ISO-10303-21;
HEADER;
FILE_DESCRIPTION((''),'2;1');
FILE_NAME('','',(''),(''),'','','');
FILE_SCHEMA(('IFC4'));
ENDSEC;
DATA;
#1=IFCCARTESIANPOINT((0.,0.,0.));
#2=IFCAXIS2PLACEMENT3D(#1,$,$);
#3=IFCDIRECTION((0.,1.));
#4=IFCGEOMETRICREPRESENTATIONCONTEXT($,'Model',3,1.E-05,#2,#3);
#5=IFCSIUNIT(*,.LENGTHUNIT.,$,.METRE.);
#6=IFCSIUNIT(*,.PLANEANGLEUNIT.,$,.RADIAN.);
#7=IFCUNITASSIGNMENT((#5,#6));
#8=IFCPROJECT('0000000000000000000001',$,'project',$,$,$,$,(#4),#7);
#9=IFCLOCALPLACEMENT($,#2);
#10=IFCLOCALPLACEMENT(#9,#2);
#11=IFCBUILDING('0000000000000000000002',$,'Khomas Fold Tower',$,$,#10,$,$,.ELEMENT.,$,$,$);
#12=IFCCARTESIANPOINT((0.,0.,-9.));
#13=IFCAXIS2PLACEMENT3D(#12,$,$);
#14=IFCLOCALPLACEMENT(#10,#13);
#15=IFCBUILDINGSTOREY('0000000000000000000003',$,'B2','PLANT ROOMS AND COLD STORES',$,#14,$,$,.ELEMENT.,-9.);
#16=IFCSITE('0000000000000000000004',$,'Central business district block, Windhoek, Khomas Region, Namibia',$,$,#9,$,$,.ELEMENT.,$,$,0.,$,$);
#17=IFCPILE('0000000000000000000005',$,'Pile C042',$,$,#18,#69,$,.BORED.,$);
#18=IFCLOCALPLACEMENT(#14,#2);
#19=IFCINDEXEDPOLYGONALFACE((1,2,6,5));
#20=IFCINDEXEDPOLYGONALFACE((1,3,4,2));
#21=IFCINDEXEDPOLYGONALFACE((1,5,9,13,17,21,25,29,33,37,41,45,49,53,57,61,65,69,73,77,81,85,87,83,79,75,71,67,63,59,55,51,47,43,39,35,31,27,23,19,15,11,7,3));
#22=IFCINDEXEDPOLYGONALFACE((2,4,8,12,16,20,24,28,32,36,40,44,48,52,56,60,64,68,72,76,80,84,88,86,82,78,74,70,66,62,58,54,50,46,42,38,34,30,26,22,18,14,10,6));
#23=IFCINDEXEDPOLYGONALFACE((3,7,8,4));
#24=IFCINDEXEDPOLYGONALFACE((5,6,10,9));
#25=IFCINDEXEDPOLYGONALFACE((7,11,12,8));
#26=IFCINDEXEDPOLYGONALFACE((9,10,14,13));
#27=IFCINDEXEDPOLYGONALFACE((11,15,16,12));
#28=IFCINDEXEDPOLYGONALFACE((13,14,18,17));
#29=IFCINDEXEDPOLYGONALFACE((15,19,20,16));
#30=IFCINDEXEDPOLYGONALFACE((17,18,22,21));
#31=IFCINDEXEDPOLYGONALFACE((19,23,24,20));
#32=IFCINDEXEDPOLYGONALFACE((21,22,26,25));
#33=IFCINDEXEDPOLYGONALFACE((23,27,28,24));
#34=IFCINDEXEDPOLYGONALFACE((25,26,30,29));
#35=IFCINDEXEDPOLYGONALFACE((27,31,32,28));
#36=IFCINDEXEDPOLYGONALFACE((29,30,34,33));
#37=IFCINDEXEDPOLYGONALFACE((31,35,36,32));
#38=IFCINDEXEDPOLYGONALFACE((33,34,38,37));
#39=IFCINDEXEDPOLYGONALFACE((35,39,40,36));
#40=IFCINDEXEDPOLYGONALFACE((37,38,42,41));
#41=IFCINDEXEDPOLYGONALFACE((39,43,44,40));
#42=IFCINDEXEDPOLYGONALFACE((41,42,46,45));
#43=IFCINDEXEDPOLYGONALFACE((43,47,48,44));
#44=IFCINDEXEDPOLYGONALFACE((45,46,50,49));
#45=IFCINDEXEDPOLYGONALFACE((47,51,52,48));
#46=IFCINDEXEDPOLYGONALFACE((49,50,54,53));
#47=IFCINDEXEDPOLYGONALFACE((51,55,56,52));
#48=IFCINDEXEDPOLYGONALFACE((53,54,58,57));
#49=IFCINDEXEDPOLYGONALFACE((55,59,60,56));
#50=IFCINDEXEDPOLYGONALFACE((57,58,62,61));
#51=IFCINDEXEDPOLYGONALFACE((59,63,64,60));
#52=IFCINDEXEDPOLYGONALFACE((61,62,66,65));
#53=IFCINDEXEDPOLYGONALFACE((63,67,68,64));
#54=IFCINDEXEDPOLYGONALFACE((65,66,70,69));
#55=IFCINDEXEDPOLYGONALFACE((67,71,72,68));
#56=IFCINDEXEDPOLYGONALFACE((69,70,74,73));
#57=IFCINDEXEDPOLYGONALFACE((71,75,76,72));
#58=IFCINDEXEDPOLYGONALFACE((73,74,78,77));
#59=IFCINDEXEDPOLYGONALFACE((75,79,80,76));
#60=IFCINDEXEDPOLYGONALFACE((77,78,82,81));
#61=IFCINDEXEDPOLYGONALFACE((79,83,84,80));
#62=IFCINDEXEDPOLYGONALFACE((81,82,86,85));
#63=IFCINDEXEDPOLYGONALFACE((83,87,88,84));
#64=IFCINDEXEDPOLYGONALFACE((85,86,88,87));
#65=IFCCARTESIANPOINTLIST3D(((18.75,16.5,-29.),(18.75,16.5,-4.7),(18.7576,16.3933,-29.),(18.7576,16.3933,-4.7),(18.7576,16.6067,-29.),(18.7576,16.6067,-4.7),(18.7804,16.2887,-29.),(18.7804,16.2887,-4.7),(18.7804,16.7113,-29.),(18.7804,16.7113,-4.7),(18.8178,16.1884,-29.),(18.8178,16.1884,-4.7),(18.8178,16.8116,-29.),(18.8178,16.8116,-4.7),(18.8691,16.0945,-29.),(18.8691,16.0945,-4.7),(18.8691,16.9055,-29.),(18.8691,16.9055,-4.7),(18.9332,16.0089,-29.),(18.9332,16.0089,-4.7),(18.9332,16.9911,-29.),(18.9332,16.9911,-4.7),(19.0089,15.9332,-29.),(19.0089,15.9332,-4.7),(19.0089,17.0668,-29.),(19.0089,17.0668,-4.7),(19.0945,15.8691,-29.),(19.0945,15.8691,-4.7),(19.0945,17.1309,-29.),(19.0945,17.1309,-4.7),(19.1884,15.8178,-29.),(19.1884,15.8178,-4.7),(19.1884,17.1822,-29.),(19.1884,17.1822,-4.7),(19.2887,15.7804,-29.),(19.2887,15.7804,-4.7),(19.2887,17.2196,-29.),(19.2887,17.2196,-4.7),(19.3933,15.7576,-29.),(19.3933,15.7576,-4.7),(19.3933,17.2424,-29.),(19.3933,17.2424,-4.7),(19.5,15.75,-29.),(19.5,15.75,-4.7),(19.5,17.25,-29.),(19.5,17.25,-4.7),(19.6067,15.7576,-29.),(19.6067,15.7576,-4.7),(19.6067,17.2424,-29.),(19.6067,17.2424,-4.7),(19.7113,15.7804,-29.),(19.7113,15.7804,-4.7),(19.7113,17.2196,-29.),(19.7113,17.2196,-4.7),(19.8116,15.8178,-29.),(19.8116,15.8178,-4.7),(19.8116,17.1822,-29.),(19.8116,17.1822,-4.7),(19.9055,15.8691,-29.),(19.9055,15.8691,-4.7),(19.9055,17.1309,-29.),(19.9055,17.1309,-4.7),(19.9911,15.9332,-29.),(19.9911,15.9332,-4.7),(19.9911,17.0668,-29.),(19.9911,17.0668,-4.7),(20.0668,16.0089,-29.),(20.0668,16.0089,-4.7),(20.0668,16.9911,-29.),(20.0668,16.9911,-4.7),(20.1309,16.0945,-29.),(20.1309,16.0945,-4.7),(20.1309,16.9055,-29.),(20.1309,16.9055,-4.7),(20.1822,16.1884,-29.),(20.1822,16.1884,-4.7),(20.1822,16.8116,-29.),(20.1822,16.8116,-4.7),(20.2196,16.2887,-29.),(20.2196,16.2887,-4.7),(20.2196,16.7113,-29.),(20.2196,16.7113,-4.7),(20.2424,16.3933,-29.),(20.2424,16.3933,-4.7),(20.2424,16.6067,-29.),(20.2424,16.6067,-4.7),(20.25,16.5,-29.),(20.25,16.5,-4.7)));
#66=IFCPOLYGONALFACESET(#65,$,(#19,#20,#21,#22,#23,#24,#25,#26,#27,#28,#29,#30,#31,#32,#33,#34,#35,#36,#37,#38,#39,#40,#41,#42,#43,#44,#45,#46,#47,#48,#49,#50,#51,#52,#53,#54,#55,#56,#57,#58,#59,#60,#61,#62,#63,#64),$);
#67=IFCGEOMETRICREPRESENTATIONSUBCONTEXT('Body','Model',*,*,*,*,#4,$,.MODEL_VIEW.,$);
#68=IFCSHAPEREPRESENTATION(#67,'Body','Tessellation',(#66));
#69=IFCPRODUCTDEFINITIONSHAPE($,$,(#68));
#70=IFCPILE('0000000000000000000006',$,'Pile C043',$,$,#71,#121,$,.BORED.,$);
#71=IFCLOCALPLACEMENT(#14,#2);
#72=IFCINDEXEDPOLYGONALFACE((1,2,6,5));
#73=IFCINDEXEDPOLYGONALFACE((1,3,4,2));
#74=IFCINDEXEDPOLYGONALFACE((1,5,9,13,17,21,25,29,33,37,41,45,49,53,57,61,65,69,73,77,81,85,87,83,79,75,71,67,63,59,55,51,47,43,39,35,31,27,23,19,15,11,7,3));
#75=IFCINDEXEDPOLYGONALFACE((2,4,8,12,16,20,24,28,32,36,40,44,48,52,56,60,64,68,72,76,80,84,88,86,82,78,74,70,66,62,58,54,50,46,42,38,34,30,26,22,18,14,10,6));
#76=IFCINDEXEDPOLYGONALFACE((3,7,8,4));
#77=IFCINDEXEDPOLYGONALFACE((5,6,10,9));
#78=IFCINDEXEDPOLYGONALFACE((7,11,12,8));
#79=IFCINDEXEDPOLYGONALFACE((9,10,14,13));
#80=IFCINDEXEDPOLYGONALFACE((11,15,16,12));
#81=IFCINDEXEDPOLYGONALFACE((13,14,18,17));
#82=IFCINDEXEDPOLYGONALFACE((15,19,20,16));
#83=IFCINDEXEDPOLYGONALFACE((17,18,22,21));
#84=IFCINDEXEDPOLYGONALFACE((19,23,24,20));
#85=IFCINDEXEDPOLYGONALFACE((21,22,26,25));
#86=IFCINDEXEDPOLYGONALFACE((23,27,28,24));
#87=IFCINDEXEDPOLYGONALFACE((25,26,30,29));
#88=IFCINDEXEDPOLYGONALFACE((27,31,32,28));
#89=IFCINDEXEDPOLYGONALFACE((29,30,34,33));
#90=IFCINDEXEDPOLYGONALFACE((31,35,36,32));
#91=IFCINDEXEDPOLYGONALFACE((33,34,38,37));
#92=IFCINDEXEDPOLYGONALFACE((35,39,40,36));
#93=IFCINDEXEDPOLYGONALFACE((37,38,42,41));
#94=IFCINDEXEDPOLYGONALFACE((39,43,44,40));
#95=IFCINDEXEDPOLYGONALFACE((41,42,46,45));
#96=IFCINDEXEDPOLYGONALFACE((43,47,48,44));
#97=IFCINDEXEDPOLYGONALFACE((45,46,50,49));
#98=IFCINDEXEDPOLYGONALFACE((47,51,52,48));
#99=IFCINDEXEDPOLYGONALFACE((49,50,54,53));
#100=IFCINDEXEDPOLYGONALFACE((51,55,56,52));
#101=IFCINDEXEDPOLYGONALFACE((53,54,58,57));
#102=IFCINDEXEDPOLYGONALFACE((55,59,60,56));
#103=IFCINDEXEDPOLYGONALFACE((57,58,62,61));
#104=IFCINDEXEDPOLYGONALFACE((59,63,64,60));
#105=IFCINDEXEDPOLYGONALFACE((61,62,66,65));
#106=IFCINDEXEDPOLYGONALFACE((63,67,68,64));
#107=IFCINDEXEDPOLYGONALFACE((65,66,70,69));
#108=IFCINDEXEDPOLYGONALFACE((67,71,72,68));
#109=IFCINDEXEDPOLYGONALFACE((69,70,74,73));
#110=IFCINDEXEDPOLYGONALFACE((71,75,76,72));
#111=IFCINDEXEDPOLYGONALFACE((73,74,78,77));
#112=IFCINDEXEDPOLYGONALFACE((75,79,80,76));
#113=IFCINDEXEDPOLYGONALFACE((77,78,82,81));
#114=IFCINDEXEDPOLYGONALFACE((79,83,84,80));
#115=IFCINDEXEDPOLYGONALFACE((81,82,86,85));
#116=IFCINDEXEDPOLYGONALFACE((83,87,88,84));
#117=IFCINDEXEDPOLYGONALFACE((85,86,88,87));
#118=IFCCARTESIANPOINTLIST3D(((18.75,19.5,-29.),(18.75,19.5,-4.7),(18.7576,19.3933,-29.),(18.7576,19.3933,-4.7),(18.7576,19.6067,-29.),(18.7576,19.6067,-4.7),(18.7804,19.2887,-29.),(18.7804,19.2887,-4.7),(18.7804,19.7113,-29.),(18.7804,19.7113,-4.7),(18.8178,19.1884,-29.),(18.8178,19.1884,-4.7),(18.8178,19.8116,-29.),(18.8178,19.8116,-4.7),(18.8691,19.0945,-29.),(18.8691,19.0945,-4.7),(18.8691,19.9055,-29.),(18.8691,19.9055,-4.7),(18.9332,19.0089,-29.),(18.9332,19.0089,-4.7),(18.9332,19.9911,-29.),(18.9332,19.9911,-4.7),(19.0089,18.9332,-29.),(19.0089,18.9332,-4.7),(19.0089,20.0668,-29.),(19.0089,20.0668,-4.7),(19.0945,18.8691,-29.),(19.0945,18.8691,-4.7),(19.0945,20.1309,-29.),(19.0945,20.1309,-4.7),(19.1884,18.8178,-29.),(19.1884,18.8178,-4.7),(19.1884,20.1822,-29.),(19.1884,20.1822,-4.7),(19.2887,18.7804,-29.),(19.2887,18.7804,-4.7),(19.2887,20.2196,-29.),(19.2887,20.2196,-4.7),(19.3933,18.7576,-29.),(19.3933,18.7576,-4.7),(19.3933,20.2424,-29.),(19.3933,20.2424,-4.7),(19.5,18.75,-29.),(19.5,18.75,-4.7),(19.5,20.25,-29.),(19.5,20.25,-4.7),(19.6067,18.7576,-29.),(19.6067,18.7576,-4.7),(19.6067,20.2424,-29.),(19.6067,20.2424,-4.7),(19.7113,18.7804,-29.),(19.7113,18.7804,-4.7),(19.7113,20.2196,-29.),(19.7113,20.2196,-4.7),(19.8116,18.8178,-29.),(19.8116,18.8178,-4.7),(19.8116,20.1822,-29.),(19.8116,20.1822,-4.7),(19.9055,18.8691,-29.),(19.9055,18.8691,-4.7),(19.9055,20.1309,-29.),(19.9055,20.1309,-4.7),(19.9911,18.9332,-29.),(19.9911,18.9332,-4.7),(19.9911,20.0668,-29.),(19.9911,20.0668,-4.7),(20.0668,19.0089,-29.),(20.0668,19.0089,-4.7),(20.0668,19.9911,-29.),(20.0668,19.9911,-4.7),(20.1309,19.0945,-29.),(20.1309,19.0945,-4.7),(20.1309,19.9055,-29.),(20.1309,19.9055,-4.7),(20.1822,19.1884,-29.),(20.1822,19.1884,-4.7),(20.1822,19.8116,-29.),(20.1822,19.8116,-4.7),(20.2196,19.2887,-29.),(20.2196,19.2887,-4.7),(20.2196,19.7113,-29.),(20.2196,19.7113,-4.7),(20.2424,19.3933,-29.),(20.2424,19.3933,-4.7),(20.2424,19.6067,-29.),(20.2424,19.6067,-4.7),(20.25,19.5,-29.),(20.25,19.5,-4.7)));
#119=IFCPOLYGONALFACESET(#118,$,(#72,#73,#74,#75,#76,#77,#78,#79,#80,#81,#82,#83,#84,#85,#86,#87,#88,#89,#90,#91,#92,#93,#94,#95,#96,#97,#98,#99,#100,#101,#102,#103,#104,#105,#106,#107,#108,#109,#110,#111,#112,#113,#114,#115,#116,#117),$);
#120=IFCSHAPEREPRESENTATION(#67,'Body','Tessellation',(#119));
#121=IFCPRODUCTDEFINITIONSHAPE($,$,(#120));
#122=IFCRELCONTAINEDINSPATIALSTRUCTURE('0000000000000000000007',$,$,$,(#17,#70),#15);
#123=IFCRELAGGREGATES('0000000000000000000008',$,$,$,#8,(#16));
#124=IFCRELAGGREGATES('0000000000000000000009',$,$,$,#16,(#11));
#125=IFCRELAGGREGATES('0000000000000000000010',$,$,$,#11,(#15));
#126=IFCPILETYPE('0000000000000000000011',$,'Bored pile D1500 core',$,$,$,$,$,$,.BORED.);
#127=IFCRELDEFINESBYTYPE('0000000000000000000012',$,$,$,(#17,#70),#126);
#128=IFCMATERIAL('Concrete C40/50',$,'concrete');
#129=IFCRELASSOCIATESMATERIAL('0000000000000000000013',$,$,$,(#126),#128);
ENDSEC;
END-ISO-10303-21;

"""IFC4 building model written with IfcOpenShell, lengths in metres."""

from ifc_helpers import new_model, si_unit, direction, frame, origin, origin_2d, place, context, subcontext, project, spatial, circle, extrude, source, transform, mapped, material, material_profile, profile_set, type_object, element, save


model = new_model("IFC4")

# Units and contexts
model_context = context("Model", 3, precision=1e-05, world=origin(), true_north=direction((0.0, 1.0)))
body_context = subcontext(model_context, "Body", "Model", "MODEL_VIEW")
ifc_project = project(units=[si_unit("LENGTHUNIT", "METRE"), si_unit("PLANEANGLEUNIT", "RADIAN")], contexts=[model_context])

# Site, building, storey
site_placement = place(None, origin())
site = spatial("IfcSite", under=ifc_project, at=site_placement, Name="Central business district block, Windhoek, Khomas Region, Namibia", CompositionType="ELEMENT", RefElevation=0.0)
building_placement = place(site_placement, origin())
building = spatial("IfcBuilding", under=site, at=building_placement, Name="Khomas Fold Tower", CompositionType="ELEMENT")
storey_placement = place(building_placement, frame((0.0, 0.0, -9.0)))
storey = spatial("IfcBuildingStorey", under=building, at=storey_placement, Name="B2", Description="PLANT ROOMS AND COLD STORES", CompositionType="ELEMENT", Elevation=-9.0)

# Piles
ifc_material_1 = material(Name="Concrete C40/50", Category="concrete")
ifc_material_profile = material_profile(ifc_material_1, circle(Radius=0.75, at=origin_2d()), Name="PILE D1500")
ifc_profile_set = profile_set([ifc_material_profile], Name="Concrete C40/50")
pile_type = type_object("IfcPileType", Name="Bored pile D1500 core", PredefinedType="BORED", material=ifc_profile_set)
shared_shape_1 = source(origin(), body_context, "Body", "SweptSolid", [
    extrude(circle(Radius=0.75, at=origin_2d()), origin(), (0.0, 0.0, 1.0), 24.3),
])
for number, where, z_axis, x_axis, name in (
    (1, (19.5, 16.5, -4.7), (0.0, 0.0, -1.0), (1.0, 0.0, 0.0), "Pile C042"),
    (2, (19.5, 19.5, -4.7), (0.0, 0.0, -1.0), (1.0, 0.0, 0.0), "Pile C043"),
):
    element("IfcPile", number, at=place(storey_placement, frame(where, z_axis=z_axis, x_axis=x_axis)), inside=storey, type_object=pile_type, Name=name, PredefinedType="BORED", context=body_context, shape_type="MappedRepresentation", body=[
        mapped(shared_shape_1, transform((0.0, 0.0, 0.0))),
    ])

save(model, "model.ifc")
